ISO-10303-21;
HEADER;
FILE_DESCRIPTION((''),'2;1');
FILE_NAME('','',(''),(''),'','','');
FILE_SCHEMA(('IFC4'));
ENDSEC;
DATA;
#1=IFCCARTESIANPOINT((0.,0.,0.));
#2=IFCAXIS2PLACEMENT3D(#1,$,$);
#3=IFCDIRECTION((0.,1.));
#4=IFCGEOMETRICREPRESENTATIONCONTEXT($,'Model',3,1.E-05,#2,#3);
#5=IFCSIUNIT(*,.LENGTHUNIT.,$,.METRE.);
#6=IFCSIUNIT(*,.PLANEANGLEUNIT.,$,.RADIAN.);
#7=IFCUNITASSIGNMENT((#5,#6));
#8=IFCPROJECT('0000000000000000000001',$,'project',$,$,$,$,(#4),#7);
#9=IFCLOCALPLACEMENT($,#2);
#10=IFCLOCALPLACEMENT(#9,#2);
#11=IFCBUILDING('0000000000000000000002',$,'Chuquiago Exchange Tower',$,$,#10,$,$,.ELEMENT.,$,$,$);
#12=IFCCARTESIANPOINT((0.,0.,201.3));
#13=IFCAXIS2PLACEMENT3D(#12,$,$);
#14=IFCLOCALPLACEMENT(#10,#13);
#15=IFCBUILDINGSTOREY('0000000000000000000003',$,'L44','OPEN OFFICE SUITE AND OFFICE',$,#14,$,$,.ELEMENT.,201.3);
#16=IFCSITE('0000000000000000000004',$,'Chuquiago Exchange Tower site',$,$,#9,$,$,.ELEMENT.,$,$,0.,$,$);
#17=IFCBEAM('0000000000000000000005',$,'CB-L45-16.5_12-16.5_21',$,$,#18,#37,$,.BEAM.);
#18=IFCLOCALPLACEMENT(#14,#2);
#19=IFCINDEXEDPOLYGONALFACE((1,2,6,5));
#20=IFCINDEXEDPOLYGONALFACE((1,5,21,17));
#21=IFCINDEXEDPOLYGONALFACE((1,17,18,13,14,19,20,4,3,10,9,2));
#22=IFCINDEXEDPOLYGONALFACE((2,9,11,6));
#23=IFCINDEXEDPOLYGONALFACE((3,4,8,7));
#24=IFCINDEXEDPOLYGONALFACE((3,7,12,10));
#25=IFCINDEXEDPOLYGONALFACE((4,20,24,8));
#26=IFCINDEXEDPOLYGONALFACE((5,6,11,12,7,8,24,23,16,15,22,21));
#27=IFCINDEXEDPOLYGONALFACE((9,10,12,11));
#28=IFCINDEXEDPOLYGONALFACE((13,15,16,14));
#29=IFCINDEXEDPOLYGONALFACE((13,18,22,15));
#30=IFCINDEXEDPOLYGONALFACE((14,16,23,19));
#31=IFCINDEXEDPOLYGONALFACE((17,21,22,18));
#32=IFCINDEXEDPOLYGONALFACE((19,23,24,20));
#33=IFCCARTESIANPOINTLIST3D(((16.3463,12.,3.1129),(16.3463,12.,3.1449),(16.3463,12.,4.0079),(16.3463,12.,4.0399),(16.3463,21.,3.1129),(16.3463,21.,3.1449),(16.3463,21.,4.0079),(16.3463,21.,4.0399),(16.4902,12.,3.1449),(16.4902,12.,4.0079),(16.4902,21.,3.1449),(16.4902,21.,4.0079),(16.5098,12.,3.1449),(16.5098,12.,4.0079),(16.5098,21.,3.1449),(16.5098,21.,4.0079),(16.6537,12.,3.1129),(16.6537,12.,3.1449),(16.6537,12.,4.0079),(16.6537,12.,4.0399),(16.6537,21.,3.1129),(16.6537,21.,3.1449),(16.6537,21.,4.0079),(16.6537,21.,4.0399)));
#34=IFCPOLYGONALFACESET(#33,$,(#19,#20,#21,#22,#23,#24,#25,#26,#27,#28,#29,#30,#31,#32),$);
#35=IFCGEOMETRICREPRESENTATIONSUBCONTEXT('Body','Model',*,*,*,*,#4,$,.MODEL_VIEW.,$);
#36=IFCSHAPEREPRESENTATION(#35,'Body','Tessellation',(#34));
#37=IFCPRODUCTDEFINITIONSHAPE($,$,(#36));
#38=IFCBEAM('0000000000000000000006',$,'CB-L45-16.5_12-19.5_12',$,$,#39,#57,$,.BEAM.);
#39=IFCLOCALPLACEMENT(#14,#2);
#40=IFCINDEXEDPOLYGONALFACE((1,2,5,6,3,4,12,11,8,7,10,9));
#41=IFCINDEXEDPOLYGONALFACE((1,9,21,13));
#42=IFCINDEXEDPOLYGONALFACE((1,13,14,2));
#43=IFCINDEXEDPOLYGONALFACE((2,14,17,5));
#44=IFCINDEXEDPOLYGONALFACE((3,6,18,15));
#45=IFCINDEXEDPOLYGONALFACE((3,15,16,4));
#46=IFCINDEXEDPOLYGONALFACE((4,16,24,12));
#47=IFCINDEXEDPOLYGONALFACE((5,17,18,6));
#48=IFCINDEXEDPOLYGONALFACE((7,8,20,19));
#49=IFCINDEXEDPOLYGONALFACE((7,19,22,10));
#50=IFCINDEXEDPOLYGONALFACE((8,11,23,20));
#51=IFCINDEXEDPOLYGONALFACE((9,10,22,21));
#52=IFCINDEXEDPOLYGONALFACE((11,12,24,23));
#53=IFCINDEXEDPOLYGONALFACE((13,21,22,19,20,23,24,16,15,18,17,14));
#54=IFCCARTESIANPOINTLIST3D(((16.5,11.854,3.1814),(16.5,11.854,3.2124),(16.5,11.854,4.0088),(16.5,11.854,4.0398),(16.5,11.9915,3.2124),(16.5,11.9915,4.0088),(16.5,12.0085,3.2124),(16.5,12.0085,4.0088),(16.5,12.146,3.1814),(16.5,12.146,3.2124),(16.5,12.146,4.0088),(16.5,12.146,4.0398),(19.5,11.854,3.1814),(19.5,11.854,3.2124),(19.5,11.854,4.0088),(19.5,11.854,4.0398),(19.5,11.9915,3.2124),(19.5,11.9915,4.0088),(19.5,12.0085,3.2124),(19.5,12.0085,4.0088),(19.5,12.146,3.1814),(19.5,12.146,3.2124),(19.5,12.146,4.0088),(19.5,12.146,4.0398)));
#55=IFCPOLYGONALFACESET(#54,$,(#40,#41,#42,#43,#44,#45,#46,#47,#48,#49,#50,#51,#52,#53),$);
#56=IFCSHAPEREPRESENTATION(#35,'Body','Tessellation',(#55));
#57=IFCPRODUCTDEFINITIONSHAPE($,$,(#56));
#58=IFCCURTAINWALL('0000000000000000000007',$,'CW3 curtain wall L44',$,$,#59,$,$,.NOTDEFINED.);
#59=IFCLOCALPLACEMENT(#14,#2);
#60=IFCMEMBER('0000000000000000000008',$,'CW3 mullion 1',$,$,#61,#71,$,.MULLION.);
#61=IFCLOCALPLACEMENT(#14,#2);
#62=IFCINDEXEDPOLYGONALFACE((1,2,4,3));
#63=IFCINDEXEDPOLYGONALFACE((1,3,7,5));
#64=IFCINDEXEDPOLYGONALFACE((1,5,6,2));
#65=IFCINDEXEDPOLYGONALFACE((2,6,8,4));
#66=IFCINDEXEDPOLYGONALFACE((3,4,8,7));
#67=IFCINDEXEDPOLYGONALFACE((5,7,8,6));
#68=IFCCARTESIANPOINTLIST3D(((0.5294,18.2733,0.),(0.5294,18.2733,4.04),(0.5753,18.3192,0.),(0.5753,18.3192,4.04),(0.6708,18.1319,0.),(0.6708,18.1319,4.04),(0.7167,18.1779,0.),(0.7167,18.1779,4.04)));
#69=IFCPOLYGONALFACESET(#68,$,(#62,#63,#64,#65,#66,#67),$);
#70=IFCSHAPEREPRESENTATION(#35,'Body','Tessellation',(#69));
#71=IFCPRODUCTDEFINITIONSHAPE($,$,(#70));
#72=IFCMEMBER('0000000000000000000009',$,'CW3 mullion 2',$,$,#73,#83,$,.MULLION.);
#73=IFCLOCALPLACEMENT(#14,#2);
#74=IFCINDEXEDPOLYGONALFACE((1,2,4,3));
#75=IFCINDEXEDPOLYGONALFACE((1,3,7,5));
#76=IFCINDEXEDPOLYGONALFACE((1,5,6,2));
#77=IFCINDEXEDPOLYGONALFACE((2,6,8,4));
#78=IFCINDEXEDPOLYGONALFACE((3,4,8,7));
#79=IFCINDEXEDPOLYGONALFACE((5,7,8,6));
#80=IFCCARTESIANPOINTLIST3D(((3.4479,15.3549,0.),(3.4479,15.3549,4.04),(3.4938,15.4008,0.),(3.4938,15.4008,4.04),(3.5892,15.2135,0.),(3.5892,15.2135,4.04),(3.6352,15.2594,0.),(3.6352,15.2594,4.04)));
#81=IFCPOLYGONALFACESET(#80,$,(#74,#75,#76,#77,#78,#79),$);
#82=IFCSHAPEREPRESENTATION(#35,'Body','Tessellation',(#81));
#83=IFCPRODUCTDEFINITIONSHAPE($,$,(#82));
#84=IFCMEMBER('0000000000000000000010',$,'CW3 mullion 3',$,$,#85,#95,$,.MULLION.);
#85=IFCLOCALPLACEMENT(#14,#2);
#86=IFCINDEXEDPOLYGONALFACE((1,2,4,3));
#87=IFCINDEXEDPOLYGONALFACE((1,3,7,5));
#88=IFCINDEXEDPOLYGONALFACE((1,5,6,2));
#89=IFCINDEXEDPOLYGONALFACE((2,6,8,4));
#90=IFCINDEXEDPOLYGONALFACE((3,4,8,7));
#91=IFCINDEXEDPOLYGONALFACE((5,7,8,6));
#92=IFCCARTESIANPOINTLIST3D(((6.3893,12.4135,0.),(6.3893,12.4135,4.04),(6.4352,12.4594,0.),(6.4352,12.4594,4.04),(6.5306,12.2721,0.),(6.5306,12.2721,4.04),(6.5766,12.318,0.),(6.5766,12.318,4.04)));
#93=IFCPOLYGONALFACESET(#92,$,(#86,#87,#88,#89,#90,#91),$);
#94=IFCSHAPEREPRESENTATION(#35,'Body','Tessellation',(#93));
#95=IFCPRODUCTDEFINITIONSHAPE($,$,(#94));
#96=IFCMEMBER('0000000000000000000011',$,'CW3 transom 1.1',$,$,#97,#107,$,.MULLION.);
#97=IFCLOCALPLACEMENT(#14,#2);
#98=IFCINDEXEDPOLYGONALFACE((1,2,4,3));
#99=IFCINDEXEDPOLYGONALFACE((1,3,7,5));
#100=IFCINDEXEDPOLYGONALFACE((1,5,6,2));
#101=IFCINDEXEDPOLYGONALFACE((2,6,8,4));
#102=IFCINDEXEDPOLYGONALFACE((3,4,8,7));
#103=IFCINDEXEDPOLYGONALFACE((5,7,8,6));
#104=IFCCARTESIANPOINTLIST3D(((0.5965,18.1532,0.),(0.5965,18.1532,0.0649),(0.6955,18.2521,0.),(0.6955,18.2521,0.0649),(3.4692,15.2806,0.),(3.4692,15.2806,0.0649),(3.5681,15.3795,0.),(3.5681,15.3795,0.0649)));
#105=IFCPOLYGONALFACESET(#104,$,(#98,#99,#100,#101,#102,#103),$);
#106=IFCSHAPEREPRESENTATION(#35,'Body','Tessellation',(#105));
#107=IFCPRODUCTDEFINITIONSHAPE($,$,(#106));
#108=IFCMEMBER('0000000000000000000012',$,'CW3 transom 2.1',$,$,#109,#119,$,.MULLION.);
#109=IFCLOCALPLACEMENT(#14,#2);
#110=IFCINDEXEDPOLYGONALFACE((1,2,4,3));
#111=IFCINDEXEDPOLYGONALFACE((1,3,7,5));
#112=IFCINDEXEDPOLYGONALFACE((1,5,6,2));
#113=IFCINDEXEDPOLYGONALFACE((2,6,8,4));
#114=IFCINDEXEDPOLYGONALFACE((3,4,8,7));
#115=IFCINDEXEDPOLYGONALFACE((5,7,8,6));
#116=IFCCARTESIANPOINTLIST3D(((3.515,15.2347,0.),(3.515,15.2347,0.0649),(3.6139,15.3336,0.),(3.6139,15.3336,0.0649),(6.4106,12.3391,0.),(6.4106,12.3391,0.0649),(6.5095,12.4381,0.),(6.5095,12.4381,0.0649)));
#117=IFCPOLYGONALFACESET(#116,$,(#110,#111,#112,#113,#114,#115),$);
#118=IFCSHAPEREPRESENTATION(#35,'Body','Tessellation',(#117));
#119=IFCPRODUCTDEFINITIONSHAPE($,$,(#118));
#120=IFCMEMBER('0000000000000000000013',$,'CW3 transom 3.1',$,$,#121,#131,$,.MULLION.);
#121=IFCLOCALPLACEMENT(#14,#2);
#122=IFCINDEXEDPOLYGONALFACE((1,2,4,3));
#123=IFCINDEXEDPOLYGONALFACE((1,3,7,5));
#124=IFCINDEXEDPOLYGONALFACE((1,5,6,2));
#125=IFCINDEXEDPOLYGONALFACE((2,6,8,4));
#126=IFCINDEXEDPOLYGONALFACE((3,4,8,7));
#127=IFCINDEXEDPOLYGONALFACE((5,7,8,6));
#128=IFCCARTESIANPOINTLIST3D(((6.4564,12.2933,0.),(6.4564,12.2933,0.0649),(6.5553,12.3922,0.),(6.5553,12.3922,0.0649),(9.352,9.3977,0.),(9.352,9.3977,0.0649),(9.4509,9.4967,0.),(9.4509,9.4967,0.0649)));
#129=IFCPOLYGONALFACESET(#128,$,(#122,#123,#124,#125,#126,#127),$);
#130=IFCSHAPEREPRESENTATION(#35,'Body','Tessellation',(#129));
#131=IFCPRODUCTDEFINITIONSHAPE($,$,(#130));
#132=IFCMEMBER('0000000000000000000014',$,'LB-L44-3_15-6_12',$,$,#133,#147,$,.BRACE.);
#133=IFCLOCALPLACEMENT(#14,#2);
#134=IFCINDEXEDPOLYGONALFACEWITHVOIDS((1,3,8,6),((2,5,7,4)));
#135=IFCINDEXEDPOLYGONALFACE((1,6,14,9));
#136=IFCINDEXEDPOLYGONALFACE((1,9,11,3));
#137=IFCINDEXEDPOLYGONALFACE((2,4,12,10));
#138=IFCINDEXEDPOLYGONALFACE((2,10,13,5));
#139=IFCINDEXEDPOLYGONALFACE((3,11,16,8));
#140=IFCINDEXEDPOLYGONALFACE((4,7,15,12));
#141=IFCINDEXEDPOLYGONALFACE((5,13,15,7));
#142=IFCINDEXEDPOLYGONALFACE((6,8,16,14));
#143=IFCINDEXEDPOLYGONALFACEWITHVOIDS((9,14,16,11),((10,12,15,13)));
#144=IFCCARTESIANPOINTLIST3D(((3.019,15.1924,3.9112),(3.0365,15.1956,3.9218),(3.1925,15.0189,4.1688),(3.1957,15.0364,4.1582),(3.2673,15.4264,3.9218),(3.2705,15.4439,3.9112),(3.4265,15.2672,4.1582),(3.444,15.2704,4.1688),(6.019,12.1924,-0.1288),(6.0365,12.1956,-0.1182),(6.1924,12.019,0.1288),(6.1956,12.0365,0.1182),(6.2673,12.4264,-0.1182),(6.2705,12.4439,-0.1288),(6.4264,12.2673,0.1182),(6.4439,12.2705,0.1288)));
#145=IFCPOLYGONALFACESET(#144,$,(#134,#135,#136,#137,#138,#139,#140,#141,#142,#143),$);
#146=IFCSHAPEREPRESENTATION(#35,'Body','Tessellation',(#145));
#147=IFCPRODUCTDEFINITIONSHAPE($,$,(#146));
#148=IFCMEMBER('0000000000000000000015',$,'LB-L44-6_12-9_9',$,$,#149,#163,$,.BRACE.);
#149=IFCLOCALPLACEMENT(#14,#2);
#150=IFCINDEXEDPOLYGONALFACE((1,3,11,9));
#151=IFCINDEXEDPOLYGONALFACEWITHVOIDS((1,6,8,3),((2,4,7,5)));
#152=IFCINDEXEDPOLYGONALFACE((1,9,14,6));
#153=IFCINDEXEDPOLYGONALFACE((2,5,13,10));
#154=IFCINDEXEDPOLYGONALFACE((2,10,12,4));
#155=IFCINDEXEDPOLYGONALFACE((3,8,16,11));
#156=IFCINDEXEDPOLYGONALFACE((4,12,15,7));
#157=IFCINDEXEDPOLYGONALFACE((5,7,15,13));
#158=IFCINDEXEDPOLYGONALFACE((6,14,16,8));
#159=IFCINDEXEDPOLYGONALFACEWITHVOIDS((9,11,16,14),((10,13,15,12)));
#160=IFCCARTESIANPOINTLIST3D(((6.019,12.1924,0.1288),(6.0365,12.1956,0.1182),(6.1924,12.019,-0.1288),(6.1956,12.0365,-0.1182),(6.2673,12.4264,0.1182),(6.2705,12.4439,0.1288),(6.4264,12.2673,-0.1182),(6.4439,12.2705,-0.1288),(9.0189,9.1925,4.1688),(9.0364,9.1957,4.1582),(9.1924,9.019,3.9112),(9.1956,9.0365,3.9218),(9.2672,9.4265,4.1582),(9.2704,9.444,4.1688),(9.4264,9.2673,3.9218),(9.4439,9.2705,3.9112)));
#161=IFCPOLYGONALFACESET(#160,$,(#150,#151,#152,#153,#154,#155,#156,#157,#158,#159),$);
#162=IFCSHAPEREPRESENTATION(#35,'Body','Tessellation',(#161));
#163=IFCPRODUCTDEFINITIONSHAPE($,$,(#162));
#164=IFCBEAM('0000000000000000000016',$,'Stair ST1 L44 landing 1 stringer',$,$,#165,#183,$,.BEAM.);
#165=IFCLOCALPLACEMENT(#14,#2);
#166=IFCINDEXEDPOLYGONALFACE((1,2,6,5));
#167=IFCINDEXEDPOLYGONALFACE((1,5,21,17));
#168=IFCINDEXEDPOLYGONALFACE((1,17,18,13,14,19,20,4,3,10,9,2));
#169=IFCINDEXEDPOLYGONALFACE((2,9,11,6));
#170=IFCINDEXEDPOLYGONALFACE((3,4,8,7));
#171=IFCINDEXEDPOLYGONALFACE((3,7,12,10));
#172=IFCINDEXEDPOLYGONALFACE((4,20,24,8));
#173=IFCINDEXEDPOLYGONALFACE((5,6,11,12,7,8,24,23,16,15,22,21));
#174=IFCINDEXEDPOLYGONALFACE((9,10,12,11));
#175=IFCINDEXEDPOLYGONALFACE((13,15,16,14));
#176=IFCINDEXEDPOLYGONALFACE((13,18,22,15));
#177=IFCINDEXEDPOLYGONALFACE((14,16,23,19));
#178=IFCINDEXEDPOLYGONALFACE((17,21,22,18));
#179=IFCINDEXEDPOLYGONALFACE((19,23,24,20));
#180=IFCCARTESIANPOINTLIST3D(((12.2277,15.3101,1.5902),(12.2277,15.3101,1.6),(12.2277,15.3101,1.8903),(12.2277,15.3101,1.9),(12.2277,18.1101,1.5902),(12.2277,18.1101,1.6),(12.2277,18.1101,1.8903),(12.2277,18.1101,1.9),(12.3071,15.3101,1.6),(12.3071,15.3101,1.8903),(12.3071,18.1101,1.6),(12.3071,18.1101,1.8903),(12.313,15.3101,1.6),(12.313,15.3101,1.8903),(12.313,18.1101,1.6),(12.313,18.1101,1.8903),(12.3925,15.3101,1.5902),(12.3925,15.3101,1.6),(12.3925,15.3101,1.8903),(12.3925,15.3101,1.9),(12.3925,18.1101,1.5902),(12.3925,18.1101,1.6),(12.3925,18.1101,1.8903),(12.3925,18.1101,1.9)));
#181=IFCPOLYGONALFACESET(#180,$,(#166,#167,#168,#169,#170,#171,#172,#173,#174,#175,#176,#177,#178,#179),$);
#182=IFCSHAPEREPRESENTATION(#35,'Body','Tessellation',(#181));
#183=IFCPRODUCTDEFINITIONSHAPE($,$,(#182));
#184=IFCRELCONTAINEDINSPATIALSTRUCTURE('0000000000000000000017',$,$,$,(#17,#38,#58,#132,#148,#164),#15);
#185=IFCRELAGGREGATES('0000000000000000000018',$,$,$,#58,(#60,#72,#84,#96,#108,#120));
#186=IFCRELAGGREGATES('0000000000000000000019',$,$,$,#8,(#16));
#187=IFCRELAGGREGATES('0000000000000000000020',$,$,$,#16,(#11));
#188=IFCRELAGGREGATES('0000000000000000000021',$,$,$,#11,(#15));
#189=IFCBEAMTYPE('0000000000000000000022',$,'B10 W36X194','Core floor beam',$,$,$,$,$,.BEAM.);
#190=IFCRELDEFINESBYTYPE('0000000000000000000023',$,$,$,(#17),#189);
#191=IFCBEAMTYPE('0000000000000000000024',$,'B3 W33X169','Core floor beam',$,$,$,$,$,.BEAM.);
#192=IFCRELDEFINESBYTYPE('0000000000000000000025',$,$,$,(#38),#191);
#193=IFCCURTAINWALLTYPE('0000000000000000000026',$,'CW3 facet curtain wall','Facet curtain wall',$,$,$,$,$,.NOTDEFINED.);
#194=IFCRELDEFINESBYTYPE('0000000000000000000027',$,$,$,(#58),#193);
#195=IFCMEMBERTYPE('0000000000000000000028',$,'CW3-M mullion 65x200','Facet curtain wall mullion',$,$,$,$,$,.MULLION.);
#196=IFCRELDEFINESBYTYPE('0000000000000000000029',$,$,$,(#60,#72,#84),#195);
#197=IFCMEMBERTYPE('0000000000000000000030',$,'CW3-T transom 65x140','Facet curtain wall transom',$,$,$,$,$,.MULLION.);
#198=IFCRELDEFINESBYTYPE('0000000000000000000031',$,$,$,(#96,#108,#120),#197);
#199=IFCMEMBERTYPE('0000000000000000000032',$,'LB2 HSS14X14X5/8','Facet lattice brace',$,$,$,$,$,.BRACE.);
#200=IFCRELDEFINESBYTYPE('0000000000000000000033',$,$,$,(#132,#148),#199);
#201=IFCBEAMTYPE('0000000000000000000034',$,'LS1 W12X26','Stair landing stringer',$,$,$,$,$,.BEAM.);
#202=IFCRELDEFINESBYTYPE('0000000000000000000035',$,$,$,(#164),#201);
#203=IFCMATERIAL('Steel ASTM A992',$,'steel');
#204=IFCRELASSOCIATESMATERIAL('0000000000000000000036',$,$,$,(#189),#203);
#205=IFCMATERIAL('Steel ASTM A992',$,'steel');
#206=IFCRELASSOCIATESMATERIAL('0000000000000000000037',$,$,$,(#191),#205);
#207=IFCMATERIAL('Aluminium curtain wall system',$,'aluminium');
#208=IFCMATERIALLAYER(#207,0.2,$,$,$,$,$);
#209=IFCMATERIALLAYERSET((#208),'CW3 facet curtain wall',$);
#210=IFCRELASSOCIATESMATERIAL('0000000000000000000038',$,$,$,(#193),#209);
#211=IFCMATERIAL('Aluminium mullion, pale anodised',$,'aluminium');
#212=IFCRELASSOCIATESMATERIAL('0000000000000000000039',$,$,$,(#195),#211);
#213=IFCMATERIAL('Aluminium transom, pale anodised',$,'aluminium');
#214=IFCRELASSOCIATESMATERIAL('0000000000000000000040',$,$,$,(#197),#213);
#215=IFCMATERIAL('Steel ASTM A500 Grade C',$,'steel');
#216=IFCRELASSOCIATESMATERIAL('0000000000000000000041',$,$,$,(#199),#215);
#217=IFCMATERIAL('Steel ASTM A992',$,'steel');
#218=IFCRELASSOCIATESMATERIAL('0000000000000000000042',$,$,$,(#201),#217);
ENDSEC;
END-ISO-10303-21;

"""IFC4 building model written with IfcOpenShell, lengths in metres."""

from ifc_helpers import new_model, si_unit, direction, frame, origin, origin_2d, place, context, subcontext, project, spatial, rectangle, hollow_rectangle, i_section, extrude, material, layer, layer_set, material_profile, profile_set, type_object, element, aggregate, save


model = new_model("IFC4")

# Units and contexts
model_context = context("Model", 3, precision=1e-05, world=origin(), true_north=direction((0.0, 1.0)))
body_context = subcontext(model_context, "Body", "Model", "MODEL_VIEW")
ifc_project = project(units=[si_unit("LENGTHUNIT", "METRE"), si_unit("PLANEANGLEUNIT", "RADIAN")], contexts=[model_context])

# Site, building, storey
site_placement = place(None, origin())
site = spatial("IfcSite", under=ifc_project, at=site_placement, Name="Chuquiago Exchange Tower site", CompositionType="ELEMENT", RefElevation=0.0)
building_placement = place(site_placement, origin())
building = spatial("IfcBuilding", under=site, at=building_placement, Name="Chuquiago Exchange Tower", CompositionType="ELEMENT")
storey_placement = place(building_placement, frame((0.0, 0.0, 201.3)))
storey = spatial("IfcBuildingStorey", under=building, at=storey_placement, Name="L44", Description="OPEN OFFICE SUITE AND OFFICE", CompositionType="ELEMENT", Elevation=201.3)

# Beams
ifc_material_1 = material(Name="Steel ASTM A992", Category="steel")
ifc_material_profile_1 = material_profile(ifc_material_1, i_section(OverallWidth=0.3074, OverallDepth=0.927, WebThickness=0.0195, FlangeThickness=0.032, at=origin_2d()), Name="W36X194")
ifc_profile_set_1 = profile_set([ifc_material_profile_1], Name="Steel ASTM A992")
beam_type_1 = type_object("IfcBeamType", Name="B10 W36X194", Description="Core floor beam", PredefinedType="BEAM", material=ifc_profile_set_1)
beam_1_placement = place(storey_placement, frame((16.5, 12.0, 3.5764), z_axis=(0.0, 1.0, 0.0), x_axis=(-1.0, 0.0, 0.0)))
element("IfcBeam", 1, at=beam_1_placement, inside=storey, type_object=beam_type_1, Name="CB-L45-16.5_12-16.5_21", PredefinedType="BEAM", context=body_context, shape_type="SweptSolid", body=[
    extrude(i_section(OverallWidth=0.3074, OverallDepth=0.927, WebThickness=0.0195, FlangeThickness=0.032, at=origin_2d()), origin(), (0.0, 0.0, 1.0), 9.0),
])
ifc_material_2 = material(Name="Steel ASTM A992", Category="steel")
ifc_material_profile_2 = material_profile(ifc_material_2, i_section(OverallWidth=0.292, OverallDepth=0.8584, WebThickness=0.0171, FlangeThickness=0.031, at=origin_2d()), Name="W33X169")
ifc_profile_set_2 = profile_set([ifc_material_profile_2], Name="Steel ASTM A992")
beam_type_2 = type_object("IfcBeamType", Name="B3 W33X169", Description="Core floor beam", PredefinedType="BEAM", material=ifc_profile_set_2)
beam_2_placement = place(storey_placement, frame((16.5, 12.0, 3.6106), z_axis=(1.0, 0.0, 0.0), x_axis=(0.0, 1.0, 0.0)))
element("IfcBeam", 2, at=beam_2_placement, inside=storey, type_object=beam_type_2, Name="CB-L45-16.5_12-19.5_12", PredefinedType="BEAM", context=body_context, shape_type="SweptSolid", body=[
    extrude(i_section(OverallWidth=0.292, OverallDepth=0.8584, WebThickness=0.0171, FlangeThickness=0.031, at=origin_2d()), origin(), (0.0, 0.0, 1.0), 3.0),
])

# Curtain wall, members
ifc_material_3 = material(Name="Aluminium curtain wall system", Category="aluminium")
ifc_layer_1 = layer(ifc_material_3, 0.2)
ifc_layer_set_1 = layer_set([ifc_layer_1], Name="CW3 facet curtain wall")
curtain_wall_type = type_object("IfcCurtainWallType", Name="CW3 facet curtain wall", Description="Facet curtain wall", PredefinedType="NOTDEFINED", material=ifc_layer_set_1)
curtain_wall_placement = place(storey_placement, origin())
curtain_wall = element("IfcCurtainWall", 3, at=curtain_wall_placement, inside=storey, type_object=curtain_wall_type, Name="CW3 curtain wall L44", PredefinedType="NOTDEFINED")
ifc_material_4 = material(Name="Aluminium mullion, pale anodised", Category="aluminium")
ifc_material_profile_3 = material_profile(ifc_material_4, rectangle(XDim=0.0649, YDim=0.2, at=origin_2d()), Name="AL 65x200")
ifc_profile_set_3 = profile_set([ifc_material_profile_3], Name="Aluminium mullion, pale anodised")
member_type_1 = type_object("IfcMemberType", Name="CW3-M mullion 65x200", Description="Facet curtain wall mullion", PredefinedType="MULLION", material=ifc_profile_set_3)
member_1_placement = place(storey_placement, frame((0.623, 18.2256, 0.0), z_axis=(0.0, 0.0, 1.0), x_axis=(0.707107, 0.707107, 0.0)))
member_1 = element("IfcMember", 4, at=member_1_placement, type_object=member_type_1, Name="CW3 mullion 1", PredefinedType="MULLION", context=body_context, shape_type="SweptSolid", body=[
    extrude(rectangle(XDim=0.0649, YDim=0.2, at=origin_2d()), origin(), (0.0, 0.0, 1.0), 4.04),
])
member_2_placement = place(storey_placement, frame((3.5415, 15.3071, 0.0), z_axis=(0.0, 0.0, 1.0), x_axis=(0.707107, 0.707107, 0.0)))
member_2 = element("IfcMember", 5, at=member_2_placement, type_object=member_type_1, Name="CW3 mullion 2", PredefinedType="MULLION", context=body_context, shape_type="SweptSolid", body=[
    extrude(rectangle(XDim=0.0649, YDim=0.2, at=origin_2d()), origin(), (0.0, 0.0, 1.0), 4.04),
])
member_3_placement = place(storey_placement, frame((6.4829, 12.3657, 0.0), z_axis=(0.0, 0.0, 1.0), x_axis=(0.707107, 0.707107, 0.0)))
member_3 = element("IfcMember", 6, at=member_3_placement, type_object=member_type_1, Name="CW3 mullion 3", PredefinedType="MULLION", context=body_context, shape_type="SweptSolid", body=[
    extrude(rectangle(XDim=0.0649, YDim=0.2, at=origin_2d()), origin(), (0.0, 0.0, 1.0), 4.04),
])
ifc_material_5 = material(Name="Aluminium transom, pale anodised", Category="aluminium")
ifc_material_profile_4 = material_profile(ifc_material_5, rectangle(XDim=0.1399, YDim=0.0649, at=origin_2d()), Name="AL 140x65")
ifc_profile_set_4 = profile_set([ifc_material_profile_4], Name="Aluminium transom, pale anodised")
member_type_2 = type_object("IfcMemberType", Name="CW3-T transom 65x140", Description="Facet curtain wall transom", PredefinedType="MULLION", material=ifc_profile_set_4)
member_4_placement = place(storey_placement, frame((0.646, 18.2026, 0.0325), z_axis=(0.707107, -0.707107, 0.0), x_axis=(0.707107, 0.707107, 0.0)))
member_4 = element("IfcMember", 7, at=member_4_placement, type_object=member_type_2, Name="CW3 transom 1.1", PredefinedType="MULLION", context=body_context, shape_type="SweptSolid", body=[
    extrude(rectangle(XDim=0.1399, YDim=0.0649, at=origin_2d()), origin(), (0.0, 0.0, 1.0), 4.0625),
])
member_5_placement = place(storey_placement, frame((3.5645, 15.2842, 0.0325), z_axis=(0.707107, -0.707107, 0.0), x_axis=(0.707107, 0.707107, 0.0)))
member_5 = element("IfcMember", 8, at=member_5_placement, type_object=member_type_2, Name="CW3 transom 2.1", PredefinedType="MULLION", context=body_context, shape_type="SweptSolid", body=[
    extrude(rectangle(XDim=0.1399, YDim=0.0649, at=origin_2d()), origin(), (0.0, 0.0, 1.0), 4.095),
])
member_6_placement = place(storey_placement, frame((6.5059, 12.3428, 0.0325), z_axis=(0.707107, -0.707107, 0.0), x_axis=(0.707107, 0.707107, 0.0)))
member_6 = element("IfcMember", 9, at=member_6_placement, type_object=member_type_2, Name="CW3 transom 3.1", PredefinedType="MULLION", context=body_context, shape_type="SweptSolid", body=[
    extrude(rectangle(XDim=0.1399, YDim=0.0649, at=origin_2d()), origin(), (0.0, 0.0, 1.0), 4.095),
])

# Members
ifc_material_6 = material(Name="Steel ASTM A500 Grade C", Category="steel")
ifc_material_profile_5 = material_profile(ifc_material_6, hollow_rectangle(XDim=0.3557, YDim=0.3557, WallThickness=0.0146, at=origin_2d()), Name="HSS14X14X5/8")
ifc_profile_set_5 = profile_set([ifc_material_profile_5], Name="Steel ASTM A500 Grade C")
member_type_3 = type_object("IfcMemberType", Name="LB2 HSS14X14X5/8", Description="Facet lattice brace", PredefinedType="BRACE", material=ifc_profile_set_5)
for number, where, z_axis, x_axis, name in (
    (10, (6.2314, 12.2314, 0.0), (-0.512077, 0.512077, 0.689604), (-0.707107, -0.707107, 0.0), "LB-L44-3_15-6_12"),
    (11, (6.2314, 12.2314, 0.0), (0.512077, -0.512077, 0.689604), (0.707107, 0.707107, 0.0), "LB-L44-6_12-9_9"),
):
    element("IfcMember", number, at=place(storey_placement, frame(where, z_axis=z_axis, x_axis=x_axis)), inside=storey, type_object=member_type_3, Name=name, PredefinedType="BRACE", context=body_context, shape_type="SweptSolid", body=[
        extrude(hollow_rectangle(XDim=0.3557, YDim=0.3557, WallThickness=0.0146, at=origin_2d()), origin(), (0.0, 0.0, 1.0), 5.8584),
    ])

# Beam
ifc_material_7 = material(Name="Steel ASTM A992", Category="steel")
ifc_material_profile_6 = material_profile(ifc_material_7, i_section(OverallWidth=0.1648, OverallDepth=0.3098, WebThickness=0.0059, FlangeThickness=0.0098, at=origin_2d()), Name="W12X26")
ifc_profile_set_6 = profile_set([ifc_material_profile_6], Name="Steel ASTM A992")
beam_type_3 = type_object("IfcBeamType", Name="LS1 W12X26", Description="Stair landing stringer", PredefinedType="BEAM", material=ifc_profile_set_6)
for number, where, z_axis, x_axis, name in (
    (12, (12.3101, 15.3101, 1.7451), (0.0, 1.0, 0.0), (-1.0, 0.0, 0.0), "Stair ST1 L44 landing 1 stringer"),
):
    element("IfcBeam", number, at=place(storey_placement, frame(where, z_axis=z_axis, x_axis=x_axis)), inside=storey, type_object=beam_type_3, Name=name, PredefinedType="BEAM", context=body_context, shape_type="SweptSolid", body=[
        extrude(i_section(OverallWidth=0.1648, OverallDepth=0.3098, WebThickness=0.0059, FlangeThickness=0.0098, at=origin_2d()), origin(), (0.0, 0.0, 1.0), 2.8),
    ])

aggregate(curtain_wall, [member_1, member_2, member_3, member_4, member_5, member_6])

save(model, "model.ifc")
